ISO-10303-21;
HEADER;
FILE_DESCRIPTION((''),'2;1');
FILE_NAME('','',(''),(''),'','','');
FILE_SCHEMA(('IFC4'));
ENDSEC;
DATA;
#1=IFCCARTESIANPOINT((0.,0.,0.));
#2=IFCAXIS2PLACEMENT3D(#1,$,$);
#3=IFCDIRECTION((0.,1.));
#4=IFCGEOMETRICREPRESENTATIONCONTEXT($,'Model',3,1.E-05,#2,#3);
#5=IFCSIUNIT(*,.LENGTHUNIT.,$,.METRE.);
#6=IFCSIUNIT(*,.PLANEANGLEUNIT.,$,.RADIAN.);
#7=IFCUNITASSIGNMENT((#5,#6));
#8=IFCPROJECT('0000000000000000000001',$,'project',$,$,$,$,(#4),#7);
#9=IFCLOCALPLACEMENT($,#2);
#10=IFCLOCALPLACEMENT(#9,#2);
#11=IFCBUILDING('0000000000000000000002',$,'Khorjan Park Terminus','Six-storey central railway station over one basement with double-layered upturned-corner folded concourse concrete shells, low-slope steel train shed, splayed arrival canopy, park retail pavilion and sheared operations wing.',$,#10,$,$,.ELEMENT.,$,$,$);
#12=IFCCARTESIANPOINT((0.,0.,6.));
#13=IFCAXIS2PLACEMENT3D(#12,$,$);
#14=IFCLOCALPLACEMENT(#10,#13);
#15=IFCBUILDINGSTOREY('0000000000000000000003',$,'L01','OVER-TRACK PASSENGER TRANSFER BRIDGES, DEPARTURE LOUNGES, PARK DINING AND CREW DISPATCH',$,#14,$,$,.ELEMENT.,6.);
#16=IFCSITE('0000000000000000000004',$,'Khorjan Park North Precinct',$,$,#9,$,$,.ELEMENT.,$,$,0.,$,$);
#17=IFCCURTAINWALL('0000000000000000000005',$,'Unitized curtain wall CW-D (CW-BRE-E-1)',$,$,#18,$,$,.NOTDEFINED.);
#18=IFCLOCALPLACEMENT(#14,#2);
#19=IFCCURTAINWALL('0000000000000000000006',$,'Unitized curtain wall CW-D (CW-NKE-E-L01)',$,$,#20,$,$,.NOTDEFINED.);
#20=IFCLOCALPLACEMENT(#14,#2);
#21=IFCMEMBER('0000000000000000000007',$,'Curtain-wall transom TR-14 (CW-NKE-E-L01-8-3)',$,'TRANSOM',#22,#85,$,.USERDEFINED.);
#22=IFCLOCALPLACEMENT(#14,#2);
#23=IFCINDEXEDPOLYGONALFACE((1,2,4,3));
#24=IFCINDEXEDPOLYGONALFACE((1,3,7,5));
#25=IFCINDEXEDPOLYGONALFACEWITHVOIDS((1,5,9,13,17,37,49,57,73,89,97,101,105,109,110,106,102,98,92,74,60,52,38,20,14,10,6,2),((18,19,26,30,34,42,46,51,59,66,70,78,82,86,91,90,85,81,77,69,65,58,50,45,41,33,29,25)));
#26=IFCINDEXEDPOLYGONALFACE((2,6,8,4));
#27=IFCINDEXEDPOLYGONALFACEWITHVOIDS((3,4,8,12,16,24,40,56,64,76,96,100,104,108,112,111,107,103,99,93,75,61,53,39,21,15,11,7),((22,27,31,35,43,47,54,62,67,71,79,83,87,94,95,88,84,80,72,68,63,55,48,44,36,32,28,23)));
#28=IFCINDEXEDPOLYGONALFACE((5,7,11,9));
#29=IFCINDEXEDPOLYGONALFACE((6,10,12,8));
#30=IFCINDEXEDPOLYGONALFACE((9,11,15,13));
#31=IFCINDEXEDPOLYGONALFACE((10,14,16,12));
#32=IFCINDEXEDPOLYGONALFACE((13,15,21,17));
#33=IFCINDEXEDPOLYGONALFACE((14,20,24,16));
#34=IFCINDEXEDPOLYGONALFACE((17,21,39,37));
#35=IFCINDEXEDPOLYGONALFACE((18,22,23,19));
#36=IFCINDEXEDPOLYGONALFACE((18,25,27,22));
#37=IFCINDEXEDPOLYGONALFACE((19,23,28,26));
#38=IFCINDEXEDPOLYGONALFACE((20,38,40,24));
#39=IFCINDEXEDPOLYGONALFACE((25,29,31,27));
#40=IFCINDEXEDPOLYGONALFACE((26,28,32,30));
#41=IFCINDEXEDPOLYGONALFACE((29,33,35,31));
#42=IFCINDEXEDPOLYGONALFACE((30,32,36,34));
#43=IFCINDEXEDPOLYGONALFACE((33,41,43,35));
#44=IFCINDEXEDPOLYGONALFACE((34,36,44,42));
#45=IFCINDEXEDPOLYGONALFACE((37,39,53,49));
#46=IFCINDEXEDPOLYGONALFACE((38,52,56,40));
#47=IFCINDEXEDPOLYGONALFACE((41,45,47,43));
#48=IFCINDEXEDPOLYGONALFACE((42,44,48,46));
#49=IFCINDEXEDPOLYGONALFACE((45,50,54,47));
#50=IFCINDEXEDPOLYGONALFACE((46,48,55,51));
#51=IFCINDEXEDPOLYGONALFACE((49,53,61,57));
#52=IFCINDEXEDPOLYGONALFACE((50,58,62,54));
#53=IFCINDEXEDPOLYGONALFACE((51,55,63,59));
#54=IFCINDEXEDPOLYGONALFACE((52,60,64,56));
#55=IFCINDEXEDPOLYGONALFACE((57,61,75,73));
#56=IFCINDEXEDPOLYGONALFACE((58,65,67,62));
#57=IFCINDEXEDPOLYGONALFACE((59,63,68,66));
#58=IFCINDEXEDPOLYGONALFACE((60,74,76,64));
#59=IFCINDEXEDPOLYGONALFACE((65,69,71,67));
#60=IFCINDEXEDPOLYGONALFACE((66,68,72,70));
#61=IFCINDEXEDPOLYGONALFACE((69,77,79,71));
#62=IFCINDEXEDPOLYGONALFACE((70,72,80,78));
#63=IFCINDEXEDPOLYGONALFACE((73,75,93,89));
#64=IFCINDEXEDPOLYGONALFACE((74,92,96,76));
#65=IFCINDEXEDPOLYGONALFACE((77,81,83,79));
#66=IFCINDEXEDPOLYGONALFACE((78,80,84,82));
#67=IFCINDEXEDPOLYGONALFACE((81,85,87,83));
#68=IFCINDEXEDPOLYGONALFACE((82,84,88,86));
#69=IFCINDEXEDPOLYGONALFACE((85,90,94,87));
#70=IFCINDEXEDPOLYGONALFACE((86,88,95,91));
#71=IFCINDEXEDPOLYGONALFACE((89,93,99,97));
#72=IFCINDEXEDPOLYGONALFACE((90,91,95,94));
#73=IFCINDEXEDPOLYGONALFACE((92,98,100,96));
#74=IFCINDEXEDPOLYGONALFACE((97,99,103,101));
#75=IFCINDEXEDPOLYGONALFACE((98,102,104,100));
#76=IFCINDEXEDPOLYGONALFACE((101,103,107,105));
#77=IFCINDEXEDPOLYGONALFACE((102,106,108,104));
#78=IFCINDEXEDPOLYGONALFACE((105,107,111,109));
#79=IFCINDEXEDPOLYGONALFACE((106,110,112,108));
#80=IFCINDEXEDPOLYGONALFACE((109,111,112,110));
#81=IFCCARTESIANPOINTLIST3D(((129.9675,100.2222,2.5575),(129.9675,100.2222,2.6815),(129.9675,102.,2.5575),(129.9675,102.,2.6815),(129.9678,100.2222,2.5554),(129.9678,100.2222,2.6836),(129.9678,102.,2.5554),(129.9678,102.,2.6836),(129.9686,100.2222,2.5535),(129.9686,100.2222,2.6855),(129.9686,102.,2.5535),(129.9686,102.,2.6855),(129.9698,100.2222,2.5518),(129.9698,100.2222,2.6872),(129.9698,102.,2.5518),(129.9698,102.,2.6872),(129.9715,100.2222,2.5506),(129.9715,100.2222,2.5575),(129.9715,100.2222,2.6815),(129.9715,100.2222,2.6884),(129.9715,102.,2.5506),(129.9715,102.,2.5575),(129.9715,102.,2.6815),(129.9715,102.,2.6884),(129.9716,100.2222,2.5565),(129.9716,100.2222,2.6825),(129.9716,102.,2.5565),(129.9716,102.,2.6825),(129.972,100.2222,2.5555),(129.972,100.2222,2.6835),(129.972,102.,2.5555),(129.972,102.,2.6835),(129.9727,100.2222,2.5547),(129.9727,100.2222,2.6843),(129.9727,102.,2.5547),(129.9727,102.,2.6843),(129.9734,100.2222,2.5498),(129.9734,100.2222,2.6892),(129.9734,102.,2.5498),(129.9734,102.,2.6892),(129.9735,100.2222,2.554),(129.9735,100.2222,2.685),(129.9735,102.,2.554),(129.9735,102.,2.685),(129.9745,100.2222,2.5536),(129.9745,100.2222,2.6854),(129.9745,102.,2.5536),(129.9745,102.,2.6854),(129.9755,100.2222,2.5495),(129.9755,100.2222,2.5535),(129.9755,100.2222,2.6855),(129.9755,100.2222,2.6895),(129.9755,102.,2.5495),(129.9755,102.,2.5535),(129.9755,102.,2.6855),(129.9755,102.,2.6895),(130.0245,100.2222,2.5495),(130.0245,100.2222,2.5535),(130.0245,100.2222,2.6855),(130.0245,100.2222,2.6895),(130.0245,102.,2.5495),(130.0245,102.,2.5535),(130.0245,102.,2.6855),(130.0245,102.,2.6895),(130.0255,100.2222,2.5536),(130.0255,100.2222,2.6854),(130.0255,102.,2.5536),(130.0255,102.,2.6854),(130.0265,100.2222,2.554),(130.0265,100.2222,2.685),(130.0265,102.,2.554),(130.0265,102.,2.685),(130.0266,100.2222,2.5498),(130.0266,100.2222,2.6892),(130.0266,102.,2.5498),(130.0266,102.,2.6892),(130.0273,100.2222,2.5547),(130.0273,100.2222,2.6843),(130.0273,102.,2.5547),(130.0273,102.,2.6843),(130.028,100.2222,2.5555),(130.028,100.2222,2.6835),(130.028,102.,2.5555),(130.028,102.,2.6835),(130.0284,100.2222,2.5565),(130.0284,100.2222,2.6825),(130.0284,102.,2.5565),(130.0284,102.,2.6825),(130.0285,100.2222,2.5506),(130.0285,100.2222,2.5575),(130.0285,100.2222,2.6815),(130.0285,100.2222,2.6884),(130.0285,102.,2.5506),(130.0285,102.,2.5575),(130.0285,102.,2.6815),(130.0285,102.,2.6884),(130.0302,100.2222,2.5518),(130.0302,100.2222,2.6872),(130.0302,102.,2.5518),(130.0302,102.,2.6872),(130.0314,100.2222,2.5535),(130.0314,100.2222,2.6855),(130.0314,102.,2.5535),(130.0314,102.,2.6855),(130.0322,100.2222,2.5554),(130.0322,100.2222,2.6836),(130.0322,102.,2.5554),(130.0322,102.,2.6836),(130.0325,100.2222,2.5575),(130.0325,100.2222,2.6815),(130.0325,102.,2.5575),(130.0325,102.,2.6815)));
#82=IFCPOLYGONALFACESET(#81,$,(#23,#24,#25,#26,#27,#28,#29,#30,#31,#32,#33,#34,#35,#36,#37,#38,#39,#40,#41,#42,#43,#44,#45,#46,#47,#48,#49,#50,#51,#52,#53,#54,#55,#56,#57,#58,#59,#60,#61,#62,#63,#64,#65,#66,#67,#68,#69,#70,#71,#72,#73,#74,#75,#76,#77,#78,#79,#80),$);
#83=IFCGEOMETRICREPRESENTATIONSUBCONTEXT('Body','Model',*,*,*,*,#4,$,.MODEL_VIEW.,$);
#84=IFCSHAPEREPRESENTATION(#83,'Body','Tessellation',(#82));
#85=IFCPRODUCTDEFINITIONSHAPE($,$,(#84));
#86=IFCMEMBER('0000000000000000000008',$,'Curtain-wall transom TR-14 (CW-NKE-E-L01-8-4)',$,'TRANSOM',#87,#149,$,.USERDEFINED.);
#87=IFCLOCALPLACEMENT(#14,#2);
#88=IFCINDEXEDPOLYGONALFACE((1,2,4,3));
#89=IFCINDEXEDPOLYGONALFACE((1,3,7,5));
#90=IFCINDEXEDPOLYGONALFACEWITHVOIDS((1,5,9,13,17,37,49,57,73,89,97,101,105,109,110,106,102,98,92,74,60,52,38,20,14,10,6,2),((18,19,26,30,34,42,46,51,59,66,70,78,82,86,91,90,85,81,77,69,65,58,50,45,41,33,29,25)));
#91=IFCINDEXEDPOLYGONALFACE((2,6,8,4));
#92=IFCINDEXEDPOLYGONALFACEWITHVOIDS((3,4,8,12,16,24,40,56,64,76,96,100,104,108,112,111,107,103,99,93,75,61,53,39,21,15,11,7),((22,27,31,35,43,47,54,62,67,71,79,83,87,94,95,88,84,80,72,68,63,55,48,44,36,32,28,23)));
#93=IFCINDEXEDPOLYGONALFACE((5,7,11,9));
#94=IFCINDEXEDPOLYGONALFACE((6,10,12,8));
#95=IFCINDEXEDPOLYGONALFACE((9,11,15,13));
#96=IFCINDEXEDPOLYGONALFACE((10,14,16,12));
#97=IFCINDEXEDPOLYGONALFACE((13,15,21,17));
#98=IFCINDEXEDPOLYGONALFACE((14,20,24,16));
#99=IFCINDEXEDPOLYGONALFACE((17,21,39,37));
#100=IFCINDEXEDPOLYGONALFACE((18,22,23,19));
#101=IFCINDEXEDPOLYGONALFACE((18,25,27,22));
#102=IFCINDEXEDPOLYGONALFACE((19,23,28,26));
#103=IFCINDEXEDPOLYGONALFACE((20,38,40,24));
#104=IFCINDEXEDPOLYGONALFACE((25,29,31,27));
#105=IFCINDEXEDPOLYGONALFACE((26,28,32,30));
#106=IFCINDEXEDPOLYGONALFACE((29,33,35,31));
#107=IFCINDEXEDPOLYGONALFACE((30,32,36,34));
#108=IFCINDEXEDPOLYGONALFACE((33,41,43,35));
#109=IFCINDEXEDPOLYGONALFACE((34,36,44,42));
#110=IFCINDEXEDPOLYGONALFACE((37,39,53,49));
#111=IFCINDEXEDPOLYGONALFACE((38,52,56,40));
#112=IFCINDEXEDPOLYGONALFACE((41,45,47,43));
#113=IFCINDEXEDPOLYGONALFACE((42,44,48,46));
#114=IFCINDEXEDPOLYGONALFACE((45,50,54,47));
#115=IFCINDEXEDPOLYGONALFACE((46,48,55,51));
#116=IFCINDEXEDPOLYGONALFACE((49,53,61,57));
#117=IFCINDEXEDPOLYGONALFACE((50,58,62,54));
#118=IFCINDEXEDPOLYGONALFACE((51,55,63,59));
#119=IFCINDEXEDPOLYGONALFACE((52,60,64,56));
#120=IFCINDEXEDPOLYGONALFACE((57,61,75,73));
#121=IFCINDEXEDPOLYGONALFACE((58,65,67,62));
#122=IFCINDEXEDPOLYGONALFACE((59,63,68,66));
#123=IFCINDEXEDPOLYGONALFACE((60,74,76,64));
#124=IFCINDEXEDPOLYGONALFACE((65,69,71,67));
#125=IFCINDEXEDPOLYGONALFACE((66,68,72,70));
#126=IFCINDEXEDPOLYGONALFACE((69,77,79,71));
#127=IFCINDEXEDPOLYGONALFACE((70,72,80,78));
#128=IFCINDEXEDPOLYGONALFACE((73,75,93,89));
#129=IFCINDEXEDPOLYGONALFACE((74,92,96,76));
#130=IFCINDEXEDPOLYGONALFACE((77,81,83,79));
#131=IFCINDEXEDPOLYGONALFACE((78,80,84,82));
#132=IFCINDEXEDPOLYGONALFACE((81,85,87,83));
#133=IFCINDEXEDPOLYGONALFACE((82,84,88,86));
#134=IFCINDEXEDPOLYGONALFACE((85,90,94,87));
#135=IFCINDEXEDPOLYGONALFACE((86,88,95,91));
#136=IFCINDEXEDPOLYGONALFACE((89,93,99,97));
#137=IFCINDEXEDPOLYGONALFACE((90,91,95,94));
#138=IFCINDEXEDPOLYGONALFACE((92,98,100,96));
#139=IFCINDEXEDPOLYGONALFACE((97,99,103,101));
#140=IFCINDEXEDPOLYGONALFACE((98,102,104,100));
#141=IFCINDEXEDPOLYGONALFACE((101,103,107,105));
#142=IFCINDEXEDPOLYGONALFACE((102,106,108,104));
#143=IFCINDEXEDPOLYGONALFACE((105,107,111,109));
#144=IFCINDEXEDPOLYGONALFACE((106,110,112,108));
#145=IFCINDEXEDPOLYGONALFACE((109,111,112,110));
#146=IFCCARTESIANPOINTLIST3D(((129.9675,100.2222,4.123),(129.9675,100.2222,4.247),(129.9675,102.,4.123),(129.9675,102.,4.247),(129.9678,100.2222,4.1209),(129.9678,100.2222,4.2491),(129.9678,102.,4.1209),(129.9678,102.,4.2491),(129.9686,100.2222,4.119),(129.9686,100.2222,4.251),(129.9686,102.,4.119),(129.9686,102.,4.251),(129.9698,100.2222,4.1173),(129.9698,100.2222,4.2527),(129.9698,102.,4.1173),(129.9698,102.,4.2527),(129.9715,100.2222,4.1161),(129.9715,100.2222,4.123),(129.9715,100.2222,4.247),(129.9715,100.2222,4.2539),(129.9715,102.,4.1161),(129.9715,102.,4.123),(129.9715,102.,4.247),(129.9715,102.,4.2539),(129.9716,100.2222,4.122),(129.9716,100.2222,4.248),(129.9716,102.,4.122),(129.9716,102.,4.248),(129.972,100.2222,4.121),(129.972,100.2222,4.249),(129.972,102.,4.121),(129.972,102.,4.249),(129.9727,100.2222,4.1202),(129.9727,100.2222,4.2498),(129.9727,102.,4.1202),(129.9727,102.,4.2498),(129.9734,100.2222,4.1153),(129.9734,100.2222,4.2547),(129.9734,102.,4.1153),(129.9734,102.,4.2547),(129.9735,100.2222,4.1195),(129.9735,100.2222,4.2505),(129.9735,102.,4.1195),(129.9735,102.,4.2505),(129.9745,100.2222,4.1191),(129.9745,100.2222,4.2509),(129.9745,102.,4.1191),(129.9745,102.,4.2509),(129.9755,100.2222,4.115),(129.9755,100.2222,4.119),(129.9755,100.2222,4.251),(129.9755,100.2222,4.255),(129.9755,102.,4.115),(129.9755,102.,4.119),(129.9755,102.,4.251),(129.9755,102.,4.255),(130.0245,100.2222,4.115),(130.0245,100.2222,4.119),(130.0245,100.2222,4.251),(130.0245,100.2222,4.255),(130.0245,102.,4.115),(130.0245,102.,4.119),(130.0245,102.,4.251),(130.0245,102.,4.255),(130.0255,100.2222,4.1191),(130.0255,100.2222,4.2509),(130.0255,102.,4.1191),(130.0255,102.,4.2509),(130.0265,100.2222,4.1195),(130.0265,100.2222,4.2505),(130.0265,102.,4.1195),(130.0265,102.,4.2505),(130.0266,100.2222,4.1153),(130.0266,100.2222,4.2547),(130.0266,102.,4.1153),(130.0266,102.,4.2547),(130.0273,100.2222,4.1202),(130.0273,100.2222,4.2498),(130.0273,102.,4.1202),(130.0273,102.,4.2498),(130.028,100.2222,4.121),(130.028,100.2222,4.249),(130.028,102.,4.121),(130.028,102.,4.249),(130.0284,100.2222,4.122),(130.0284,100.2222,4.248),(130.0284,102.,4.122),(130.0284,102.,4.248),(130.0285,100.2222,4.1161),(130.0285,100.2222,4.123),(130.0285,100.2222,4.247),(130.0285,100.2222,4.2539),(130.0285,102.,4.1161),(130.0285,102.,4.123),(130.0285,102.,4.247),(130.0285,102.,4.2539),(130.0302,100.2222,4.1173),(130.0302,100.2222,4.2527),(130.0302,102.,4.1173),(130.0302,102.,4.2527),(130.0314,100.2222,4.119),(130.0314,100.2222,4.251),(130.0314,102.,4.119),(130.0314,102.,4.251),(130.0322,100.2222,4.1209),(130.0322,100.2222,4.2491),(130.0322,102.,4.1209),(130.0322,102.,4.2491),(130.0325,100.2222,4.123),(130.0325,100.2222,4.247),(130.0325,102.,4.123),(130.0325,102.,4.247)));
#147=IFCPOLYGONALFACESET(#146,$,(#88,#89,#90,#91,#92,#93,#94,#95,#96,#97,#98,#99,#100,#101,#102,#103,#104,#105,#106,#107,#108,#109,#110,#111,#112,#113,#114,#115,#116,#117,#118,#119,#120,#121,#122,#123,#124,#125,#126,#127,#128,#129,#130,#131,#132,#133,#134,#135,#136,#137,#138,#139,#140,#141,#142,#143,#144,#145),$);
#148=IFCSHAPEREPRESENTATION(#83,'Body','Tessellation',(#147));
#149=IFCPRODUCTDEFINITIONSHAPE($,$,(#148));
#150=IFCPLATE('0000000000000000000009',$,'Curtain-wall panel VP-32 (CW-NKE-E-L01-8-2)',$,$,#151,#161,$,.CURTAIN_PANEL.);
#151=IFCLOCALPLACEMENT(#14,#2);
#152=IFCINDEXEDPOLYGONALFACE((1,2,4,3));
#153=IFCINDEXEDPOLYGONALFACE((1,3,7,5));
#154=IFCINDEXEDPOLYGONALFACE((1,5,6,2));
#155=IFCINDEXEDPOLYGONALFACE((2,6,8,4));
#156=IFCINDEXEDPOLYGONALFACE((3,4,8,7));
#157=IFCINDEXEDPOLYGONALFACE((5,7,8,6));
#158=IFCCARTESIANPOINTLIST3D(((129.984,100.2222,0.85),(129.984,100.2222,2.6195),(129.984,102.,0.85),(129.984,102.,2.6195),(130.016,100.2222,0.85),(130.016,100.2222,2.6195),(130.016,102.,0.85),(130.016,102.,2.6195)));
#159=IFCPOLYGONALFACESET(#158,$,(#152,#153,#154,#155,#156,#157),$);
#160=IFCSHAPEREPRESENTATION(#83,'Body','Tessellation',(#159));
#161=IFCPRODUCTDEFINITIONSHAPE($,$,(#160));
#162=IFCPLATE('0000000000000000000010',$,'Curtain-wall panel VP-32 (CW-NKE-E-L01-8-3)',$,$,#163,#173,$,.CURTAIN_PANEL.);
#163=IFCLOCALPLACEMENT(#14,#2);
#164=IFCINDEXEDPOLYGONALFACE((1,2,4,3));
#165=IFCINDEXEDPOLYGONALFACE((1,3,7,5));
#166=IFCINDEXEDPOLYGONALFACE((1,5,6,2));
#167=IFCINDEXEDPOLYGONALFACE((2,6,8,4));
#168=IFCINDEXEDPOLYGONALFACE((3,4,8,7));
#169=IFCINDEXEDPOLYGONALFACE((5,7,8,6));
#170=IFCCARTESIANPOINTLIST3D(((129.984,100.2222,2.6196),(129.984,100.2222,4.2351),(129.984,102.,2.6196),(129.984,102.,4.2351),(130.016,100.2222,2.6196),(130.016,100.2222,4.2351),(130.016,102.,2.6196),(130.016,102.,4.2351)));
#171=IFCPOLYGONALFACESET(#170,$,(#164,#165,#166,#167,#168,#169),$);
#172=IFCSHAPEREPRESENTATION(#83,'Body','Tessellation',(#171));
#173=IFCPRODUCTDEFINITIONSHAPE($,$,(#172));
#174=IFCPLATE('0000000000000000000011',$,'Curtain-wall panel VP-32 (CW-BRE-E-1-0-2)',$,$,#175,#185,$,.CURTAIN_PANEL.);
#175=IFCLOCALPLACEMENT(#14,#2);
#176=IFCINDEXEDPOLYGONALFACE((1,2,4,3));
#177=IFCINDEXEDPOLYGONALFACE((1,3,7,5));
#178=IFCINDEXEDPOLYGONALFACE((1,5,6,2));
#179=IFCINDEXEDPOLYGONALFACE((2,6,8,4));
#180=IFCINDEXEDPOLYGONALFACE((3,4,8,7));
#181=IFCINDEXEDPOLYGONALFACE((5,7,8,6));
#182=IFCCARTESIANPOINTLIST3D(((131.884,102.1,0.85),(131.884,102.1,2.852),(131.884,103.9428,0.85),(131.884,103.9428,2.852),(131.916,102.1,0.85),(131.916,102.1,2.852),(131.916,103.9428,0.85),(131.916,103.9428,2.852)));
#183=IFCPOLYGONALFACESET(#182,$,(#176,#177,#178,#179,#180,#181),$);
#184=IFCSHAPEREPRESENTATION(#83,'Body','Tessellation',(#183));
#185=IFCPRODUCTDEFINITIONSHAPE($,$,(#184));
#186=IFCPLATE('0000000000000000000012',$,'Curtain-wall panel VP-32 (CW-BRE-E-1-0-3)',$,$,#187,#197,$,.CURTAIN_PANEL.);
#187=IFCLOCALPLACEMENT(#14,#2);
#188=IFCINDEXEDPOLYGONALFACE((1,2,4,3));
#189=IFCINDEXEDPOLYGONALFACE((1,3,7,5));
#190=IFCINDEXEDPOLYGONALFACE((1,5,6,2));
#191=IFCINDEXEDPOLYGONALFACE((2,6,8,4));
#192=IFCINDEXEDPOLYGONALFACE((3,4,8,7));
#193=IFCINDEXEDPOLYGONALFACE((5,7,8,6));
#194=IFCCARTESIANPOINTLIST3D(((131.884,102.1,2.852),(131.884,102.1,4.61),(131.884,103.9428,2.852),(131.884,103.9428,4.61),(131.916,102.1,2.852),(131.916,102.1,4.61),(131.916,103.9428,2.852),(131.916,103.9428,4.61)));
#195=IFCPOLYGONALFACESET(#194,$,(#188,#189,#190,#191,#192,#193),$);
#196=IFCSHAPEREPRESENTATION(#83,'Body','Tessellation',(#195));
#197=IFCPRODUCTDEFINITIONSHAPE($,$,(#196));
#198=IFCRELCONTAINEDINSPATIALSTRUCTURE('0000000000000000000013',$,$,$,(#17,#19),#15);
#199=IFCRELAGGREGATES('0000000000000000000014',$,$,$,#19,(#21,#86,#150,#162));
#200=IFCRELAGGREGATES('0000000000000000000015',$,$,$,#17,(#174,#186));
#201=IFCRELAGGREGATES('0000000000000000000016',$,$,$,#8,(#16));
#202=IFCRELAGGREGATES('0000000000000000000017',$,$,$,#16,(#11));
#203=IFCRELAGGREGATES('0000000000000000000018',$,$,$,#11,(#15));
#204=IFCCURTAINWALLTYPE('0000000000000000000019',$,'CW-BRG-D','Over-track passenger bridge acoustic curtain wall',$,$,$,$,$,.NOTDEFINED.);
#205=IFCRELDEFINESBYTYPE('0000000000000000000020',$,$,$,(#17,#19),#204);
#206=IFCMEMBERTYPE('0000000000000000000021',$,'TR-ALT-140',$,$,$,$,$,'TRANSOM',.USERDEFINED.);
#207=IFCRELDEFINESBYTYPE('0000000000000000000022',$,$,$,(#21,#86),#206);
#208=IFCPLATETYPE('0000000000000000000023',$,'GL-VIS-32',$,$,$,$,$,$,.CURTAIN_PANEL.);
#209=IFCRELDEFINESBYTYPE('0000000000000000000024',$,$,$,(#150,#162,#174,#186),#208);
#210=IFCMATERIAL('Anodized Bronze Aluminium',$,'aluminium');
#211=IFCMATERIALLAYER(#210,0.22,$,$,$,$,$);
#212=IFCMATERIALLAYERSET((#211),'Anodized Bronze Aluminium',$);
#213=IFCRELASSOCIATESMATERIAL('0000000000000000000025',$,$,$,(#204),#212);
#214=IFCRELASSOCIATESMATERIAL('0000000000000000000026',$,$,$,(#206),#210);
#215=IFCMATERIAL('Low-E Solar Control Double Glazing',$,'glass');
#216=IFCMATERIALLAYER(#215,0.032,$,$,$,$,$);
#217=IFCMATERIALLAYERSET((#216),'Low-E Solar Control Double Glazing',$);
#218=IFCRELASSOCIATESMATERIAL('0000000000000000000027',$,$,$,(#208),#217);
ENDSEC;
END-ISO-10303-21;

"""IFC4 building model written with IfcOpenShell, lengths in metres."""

from ifc_helpers import new_model, si_unit, direction, frame, origin, origin_2d, place, context, subcontext, project, spatial, rectangle, hollow_rectangle, extrude, material, layer, layer_set, material_profile, profile_set, type_object, element, aggregate, save


model = new_model("IFC4")

# Units and contexts
model_context = context("Model", 3, precision=1e-05, world=origin(), true_north=direction((0.0, 1.0)))
body_context = subcontext(model_context, "Body", "Model", "MODEL_VIEW")
ifc_project = project(units=[si_unit("LENGTHUNIT", "METRE"), si_unit("PLANEANGLEUNIT", "RADIAN")], contexts=[model_context])

# Site, building, storey
site_placement = place(None, origin())
site = spatial("IfcSite", under=ifc_project, at=site_placement, Name="Khorjan Park North Precinct", CompositionType="ELEMENT", RefElevation=0.0)
building_placement = place(site_placement, origin())
building = spatial("IfcBuilding", under=site, at=building_placement, Name="Khorjan Park Terminus", Description="Six-storey central railway station over one basement with double-layered upturned-corner folded concourse concrete shells, low-slope steel train shed, splayed arrival canopy, park retail pavilion and sheared operations wing.", CompositionType="ELEMENT")
storey_placement = place(building_placement, frame((0.0, 0.0, 6.0)))
storey = spatial("IfcBuildingStorey", under=building, at=storey_placement, Name="L01", Description="OVER-TRACK PASSENGER TRANSFER BRIDGES, DEPARTURE LOUNGES, PARK DINING AND CREW DISPATCH", CompositionType="ELEMENT", Elevation=6.0)

# Curtain wall
ifc_material_1 = material(Name="Anodized Bronze Aluminium", Category="aluminium")
ifc_layer_1 = layer(ifc_material_1, 0.22)
ifc_layer_set_1 = layer_set([ifc_layer_1], Name="Anodized Bronze Aluminium")
curtain_wall_type = type_object("IfcCurtainWallType", Name="CW-BRG-D", Description="Over-track passenger bridge acoustic curtain wall", PredefinedType="NOTDEFINED", material=ifc_layer_set_1)
curtain_wall_1_placement = place(storey_placement, origin())
curtain_wall_1 = element("IfcCurtainWall", 1, at=curtain_wall_1_placement, inside=storey, type_object=curtain_wall_type, Name="Unitized curtain wall CW-D (CW-BRE-E-1)", PredefinedType="NOTDEFINED")

# Curtain wall
curtain_wall_2_placement = place(storey_placement, origin())
curtain_wall_2 = element("IfcCurtainWall", 2, at=curtain_wall_2_placement, inside=storey, type_object=curtain_wall_type, Name="Unitized curtain wall CW-D (CW-NKE-E-L01)", PredefinedType="NOTDEFINED")

# Members
ifc_material_profile_1 = material_profile(ifc_material_1, hollow_rectangle(XDim=0.065, YDim=0.14, WallThickness=0.004, InnerFilletRadius=0.004, OuterFilletRadius=0.008, at=origin_2d()), Name="ALT 65x140x4")
ifc_profile_set_1 = profile_set([ifc_material_profile_1], Name="Anodized Bronze Aluminium")
member_type_1 = type_object("IfcMemberType", Name="TR-ALT-140", ElementType="TRANSOM", PredefinedType="USERDEFINED", material=ifc_profile_set_1)
member_1_placement = place(storey_placement, frame((130.0, 100.2222, 2.6195), z_axis=(0.0, 1.0, 0.0), x_axis=(-1.0, 0.0, 0.0)))
member_1 = element("IfcMember", 3, at=member_1_placement, type_object=member_type_1, Name="Curtain-wall transom TR-14 (CW-NKE-E-L01-8-3)", ObjectType="TRANSOM", PredefinedType="USERDEFINED", context=body_context, shape_type="SweptSolid", body=[
    extrude(hollow_rectangle(XDim=0.065, YDim=0.14, WallThickness=0.004, InnerFilletRadius=0.004, OuterFilletRadius=0.008, at=origin_2d()), origin(), (0.0, 0.0, 1.0), 1.7778),
])
member_2_placement = place(storey_placement, frame((130.0, 100.2222, 4.185), z_axis=(0.0, 1.0, 0.0), x_axis=(-1.0, 0.0, 0.0)))
member_2 = element("IfcMember", 4, at=member_2_placement, type_object=member_type_1, Name="Curtain-wall transom TR-14 (CW-NKE-E-L01-8-4)", ObjectType="TRANSOM", PredefinedType="USERDEFINED", context=body_context, shape_type="SweptSolid", body=[
    extrude(hollow_rectangle(XDim=0.065, YDim=0.14, WallThickness=0.004, InnerFilletRadius=0.004, OuterFilletRadius=0.008, at=origin_2d()), origin(), (0.0, 0.0, 1.0), 1.7778),
])

# Plates
ifc_material_2 = material(Name="Low-E Solar Control Double Glazing", Category="glass")
ifc_layer_2 = layer(ifc_material_2, 0.032)
ifc_layer_set_2 = layer_set([ifc_layer_2], Name="Low-E Solar Control Double Glazing")
plate_type_1 = type_object("IfcPlateType", Name="GL-VIS-32", PredefinedType="CURTAIN_PANEL", material=ifc_layer_set_2)
plate_1_placement = place(storey_placement, frame((130.0, 101.1111, 0.85), z_axis=(0.0, 0.0, 1.0), x_axis=(0.0, 1.0, 0.0)))
plate_1 = element("IfcPlate", 5, at=plate_1_placement, type_object=plate_type_1, Name="Curtain-wall panel VP-32 (CW-NKE-E-L01-8-2)", PredefinedType="CURTAIN_PANEL", context=body_context, shape_type="SweptSolid", body=[
    extrude(rectangle(XDim=1.7778, YDim=0.032, at=origin_2d()), origin(), (0.0, 0.0, 1.0), 1.7695),
])
plate_2_placement = place(storey_placement, frame((130.0, 101.1111, 2.6196), z_axis=(0.0, 0.0, 1.0), x_axis=(0.0, 1.0, 0.0)))
plate_2 = element("IfcPlate", 6, at=plate_2_placement, type_object=plate_type_1, Name="Curtain-wall panel VP-32 (CW-NKE-E-L01-8-3)", PredefinedType="CURTAIN_PANEL", context=body_context, shape_type="SweptSolid", body=[
    extrude(rectangle(XDim=1.7778, YDim=0.032, at=origin_2d()), origin(), (0.0, 0.0, 1.0), 1.6155),
])
plate_3_placement = place(storey_placement, frame((131.9, 103.0214, 0.85), z_axis=(0.0, 0.0, 1.0), x_axis=(0.0, 1.0, 0.0)))
plate_3 = element("IfcPlate", 7, at=plate_3_placement, type_object=plate_type_1, Name="Curtain-wall panel VP-32 (CW-BRE-E-1-0-2)", PredefinedType="CURTAIN_PANEL", context=body_context, shape_type="SweptSolid", body=[
    extrude(rectangle(XDim=1.8429, YDim=0.032, at=origin_2d()), origin(), (0.0, 0.0, 1.0), 2.002),
])
plate_4_placement = place(storey_placement, frame((131.9, 103.0214, 2.852), z_axis=(0.0, 0.0, 1.0), x_axis=(0.0, 1.0, 0.0)))
plate_4 = element("IfcPlate", 8, at=plate_4_placement, type_object=plate_type_1, Name="Curtain-wall panel VP-32 (CW-BRE-E-1-0-3)", PredefinedType="CURTAIN_PANEL", context=body_context, shape_type="SweptSolid", body=[
    extrude(rectangle(XDim=1.8429, YDim=0.032, at=origin_2d()), origin(), (0.0, 0.0, 1.0), 1.758),
])
aggregate(curtain_wall_2, [member_1, member_2, plate_1, plate_2])
aggregate(curtain_wall_1, [plate_3, plate_4])

save(model, "model.ifc")
